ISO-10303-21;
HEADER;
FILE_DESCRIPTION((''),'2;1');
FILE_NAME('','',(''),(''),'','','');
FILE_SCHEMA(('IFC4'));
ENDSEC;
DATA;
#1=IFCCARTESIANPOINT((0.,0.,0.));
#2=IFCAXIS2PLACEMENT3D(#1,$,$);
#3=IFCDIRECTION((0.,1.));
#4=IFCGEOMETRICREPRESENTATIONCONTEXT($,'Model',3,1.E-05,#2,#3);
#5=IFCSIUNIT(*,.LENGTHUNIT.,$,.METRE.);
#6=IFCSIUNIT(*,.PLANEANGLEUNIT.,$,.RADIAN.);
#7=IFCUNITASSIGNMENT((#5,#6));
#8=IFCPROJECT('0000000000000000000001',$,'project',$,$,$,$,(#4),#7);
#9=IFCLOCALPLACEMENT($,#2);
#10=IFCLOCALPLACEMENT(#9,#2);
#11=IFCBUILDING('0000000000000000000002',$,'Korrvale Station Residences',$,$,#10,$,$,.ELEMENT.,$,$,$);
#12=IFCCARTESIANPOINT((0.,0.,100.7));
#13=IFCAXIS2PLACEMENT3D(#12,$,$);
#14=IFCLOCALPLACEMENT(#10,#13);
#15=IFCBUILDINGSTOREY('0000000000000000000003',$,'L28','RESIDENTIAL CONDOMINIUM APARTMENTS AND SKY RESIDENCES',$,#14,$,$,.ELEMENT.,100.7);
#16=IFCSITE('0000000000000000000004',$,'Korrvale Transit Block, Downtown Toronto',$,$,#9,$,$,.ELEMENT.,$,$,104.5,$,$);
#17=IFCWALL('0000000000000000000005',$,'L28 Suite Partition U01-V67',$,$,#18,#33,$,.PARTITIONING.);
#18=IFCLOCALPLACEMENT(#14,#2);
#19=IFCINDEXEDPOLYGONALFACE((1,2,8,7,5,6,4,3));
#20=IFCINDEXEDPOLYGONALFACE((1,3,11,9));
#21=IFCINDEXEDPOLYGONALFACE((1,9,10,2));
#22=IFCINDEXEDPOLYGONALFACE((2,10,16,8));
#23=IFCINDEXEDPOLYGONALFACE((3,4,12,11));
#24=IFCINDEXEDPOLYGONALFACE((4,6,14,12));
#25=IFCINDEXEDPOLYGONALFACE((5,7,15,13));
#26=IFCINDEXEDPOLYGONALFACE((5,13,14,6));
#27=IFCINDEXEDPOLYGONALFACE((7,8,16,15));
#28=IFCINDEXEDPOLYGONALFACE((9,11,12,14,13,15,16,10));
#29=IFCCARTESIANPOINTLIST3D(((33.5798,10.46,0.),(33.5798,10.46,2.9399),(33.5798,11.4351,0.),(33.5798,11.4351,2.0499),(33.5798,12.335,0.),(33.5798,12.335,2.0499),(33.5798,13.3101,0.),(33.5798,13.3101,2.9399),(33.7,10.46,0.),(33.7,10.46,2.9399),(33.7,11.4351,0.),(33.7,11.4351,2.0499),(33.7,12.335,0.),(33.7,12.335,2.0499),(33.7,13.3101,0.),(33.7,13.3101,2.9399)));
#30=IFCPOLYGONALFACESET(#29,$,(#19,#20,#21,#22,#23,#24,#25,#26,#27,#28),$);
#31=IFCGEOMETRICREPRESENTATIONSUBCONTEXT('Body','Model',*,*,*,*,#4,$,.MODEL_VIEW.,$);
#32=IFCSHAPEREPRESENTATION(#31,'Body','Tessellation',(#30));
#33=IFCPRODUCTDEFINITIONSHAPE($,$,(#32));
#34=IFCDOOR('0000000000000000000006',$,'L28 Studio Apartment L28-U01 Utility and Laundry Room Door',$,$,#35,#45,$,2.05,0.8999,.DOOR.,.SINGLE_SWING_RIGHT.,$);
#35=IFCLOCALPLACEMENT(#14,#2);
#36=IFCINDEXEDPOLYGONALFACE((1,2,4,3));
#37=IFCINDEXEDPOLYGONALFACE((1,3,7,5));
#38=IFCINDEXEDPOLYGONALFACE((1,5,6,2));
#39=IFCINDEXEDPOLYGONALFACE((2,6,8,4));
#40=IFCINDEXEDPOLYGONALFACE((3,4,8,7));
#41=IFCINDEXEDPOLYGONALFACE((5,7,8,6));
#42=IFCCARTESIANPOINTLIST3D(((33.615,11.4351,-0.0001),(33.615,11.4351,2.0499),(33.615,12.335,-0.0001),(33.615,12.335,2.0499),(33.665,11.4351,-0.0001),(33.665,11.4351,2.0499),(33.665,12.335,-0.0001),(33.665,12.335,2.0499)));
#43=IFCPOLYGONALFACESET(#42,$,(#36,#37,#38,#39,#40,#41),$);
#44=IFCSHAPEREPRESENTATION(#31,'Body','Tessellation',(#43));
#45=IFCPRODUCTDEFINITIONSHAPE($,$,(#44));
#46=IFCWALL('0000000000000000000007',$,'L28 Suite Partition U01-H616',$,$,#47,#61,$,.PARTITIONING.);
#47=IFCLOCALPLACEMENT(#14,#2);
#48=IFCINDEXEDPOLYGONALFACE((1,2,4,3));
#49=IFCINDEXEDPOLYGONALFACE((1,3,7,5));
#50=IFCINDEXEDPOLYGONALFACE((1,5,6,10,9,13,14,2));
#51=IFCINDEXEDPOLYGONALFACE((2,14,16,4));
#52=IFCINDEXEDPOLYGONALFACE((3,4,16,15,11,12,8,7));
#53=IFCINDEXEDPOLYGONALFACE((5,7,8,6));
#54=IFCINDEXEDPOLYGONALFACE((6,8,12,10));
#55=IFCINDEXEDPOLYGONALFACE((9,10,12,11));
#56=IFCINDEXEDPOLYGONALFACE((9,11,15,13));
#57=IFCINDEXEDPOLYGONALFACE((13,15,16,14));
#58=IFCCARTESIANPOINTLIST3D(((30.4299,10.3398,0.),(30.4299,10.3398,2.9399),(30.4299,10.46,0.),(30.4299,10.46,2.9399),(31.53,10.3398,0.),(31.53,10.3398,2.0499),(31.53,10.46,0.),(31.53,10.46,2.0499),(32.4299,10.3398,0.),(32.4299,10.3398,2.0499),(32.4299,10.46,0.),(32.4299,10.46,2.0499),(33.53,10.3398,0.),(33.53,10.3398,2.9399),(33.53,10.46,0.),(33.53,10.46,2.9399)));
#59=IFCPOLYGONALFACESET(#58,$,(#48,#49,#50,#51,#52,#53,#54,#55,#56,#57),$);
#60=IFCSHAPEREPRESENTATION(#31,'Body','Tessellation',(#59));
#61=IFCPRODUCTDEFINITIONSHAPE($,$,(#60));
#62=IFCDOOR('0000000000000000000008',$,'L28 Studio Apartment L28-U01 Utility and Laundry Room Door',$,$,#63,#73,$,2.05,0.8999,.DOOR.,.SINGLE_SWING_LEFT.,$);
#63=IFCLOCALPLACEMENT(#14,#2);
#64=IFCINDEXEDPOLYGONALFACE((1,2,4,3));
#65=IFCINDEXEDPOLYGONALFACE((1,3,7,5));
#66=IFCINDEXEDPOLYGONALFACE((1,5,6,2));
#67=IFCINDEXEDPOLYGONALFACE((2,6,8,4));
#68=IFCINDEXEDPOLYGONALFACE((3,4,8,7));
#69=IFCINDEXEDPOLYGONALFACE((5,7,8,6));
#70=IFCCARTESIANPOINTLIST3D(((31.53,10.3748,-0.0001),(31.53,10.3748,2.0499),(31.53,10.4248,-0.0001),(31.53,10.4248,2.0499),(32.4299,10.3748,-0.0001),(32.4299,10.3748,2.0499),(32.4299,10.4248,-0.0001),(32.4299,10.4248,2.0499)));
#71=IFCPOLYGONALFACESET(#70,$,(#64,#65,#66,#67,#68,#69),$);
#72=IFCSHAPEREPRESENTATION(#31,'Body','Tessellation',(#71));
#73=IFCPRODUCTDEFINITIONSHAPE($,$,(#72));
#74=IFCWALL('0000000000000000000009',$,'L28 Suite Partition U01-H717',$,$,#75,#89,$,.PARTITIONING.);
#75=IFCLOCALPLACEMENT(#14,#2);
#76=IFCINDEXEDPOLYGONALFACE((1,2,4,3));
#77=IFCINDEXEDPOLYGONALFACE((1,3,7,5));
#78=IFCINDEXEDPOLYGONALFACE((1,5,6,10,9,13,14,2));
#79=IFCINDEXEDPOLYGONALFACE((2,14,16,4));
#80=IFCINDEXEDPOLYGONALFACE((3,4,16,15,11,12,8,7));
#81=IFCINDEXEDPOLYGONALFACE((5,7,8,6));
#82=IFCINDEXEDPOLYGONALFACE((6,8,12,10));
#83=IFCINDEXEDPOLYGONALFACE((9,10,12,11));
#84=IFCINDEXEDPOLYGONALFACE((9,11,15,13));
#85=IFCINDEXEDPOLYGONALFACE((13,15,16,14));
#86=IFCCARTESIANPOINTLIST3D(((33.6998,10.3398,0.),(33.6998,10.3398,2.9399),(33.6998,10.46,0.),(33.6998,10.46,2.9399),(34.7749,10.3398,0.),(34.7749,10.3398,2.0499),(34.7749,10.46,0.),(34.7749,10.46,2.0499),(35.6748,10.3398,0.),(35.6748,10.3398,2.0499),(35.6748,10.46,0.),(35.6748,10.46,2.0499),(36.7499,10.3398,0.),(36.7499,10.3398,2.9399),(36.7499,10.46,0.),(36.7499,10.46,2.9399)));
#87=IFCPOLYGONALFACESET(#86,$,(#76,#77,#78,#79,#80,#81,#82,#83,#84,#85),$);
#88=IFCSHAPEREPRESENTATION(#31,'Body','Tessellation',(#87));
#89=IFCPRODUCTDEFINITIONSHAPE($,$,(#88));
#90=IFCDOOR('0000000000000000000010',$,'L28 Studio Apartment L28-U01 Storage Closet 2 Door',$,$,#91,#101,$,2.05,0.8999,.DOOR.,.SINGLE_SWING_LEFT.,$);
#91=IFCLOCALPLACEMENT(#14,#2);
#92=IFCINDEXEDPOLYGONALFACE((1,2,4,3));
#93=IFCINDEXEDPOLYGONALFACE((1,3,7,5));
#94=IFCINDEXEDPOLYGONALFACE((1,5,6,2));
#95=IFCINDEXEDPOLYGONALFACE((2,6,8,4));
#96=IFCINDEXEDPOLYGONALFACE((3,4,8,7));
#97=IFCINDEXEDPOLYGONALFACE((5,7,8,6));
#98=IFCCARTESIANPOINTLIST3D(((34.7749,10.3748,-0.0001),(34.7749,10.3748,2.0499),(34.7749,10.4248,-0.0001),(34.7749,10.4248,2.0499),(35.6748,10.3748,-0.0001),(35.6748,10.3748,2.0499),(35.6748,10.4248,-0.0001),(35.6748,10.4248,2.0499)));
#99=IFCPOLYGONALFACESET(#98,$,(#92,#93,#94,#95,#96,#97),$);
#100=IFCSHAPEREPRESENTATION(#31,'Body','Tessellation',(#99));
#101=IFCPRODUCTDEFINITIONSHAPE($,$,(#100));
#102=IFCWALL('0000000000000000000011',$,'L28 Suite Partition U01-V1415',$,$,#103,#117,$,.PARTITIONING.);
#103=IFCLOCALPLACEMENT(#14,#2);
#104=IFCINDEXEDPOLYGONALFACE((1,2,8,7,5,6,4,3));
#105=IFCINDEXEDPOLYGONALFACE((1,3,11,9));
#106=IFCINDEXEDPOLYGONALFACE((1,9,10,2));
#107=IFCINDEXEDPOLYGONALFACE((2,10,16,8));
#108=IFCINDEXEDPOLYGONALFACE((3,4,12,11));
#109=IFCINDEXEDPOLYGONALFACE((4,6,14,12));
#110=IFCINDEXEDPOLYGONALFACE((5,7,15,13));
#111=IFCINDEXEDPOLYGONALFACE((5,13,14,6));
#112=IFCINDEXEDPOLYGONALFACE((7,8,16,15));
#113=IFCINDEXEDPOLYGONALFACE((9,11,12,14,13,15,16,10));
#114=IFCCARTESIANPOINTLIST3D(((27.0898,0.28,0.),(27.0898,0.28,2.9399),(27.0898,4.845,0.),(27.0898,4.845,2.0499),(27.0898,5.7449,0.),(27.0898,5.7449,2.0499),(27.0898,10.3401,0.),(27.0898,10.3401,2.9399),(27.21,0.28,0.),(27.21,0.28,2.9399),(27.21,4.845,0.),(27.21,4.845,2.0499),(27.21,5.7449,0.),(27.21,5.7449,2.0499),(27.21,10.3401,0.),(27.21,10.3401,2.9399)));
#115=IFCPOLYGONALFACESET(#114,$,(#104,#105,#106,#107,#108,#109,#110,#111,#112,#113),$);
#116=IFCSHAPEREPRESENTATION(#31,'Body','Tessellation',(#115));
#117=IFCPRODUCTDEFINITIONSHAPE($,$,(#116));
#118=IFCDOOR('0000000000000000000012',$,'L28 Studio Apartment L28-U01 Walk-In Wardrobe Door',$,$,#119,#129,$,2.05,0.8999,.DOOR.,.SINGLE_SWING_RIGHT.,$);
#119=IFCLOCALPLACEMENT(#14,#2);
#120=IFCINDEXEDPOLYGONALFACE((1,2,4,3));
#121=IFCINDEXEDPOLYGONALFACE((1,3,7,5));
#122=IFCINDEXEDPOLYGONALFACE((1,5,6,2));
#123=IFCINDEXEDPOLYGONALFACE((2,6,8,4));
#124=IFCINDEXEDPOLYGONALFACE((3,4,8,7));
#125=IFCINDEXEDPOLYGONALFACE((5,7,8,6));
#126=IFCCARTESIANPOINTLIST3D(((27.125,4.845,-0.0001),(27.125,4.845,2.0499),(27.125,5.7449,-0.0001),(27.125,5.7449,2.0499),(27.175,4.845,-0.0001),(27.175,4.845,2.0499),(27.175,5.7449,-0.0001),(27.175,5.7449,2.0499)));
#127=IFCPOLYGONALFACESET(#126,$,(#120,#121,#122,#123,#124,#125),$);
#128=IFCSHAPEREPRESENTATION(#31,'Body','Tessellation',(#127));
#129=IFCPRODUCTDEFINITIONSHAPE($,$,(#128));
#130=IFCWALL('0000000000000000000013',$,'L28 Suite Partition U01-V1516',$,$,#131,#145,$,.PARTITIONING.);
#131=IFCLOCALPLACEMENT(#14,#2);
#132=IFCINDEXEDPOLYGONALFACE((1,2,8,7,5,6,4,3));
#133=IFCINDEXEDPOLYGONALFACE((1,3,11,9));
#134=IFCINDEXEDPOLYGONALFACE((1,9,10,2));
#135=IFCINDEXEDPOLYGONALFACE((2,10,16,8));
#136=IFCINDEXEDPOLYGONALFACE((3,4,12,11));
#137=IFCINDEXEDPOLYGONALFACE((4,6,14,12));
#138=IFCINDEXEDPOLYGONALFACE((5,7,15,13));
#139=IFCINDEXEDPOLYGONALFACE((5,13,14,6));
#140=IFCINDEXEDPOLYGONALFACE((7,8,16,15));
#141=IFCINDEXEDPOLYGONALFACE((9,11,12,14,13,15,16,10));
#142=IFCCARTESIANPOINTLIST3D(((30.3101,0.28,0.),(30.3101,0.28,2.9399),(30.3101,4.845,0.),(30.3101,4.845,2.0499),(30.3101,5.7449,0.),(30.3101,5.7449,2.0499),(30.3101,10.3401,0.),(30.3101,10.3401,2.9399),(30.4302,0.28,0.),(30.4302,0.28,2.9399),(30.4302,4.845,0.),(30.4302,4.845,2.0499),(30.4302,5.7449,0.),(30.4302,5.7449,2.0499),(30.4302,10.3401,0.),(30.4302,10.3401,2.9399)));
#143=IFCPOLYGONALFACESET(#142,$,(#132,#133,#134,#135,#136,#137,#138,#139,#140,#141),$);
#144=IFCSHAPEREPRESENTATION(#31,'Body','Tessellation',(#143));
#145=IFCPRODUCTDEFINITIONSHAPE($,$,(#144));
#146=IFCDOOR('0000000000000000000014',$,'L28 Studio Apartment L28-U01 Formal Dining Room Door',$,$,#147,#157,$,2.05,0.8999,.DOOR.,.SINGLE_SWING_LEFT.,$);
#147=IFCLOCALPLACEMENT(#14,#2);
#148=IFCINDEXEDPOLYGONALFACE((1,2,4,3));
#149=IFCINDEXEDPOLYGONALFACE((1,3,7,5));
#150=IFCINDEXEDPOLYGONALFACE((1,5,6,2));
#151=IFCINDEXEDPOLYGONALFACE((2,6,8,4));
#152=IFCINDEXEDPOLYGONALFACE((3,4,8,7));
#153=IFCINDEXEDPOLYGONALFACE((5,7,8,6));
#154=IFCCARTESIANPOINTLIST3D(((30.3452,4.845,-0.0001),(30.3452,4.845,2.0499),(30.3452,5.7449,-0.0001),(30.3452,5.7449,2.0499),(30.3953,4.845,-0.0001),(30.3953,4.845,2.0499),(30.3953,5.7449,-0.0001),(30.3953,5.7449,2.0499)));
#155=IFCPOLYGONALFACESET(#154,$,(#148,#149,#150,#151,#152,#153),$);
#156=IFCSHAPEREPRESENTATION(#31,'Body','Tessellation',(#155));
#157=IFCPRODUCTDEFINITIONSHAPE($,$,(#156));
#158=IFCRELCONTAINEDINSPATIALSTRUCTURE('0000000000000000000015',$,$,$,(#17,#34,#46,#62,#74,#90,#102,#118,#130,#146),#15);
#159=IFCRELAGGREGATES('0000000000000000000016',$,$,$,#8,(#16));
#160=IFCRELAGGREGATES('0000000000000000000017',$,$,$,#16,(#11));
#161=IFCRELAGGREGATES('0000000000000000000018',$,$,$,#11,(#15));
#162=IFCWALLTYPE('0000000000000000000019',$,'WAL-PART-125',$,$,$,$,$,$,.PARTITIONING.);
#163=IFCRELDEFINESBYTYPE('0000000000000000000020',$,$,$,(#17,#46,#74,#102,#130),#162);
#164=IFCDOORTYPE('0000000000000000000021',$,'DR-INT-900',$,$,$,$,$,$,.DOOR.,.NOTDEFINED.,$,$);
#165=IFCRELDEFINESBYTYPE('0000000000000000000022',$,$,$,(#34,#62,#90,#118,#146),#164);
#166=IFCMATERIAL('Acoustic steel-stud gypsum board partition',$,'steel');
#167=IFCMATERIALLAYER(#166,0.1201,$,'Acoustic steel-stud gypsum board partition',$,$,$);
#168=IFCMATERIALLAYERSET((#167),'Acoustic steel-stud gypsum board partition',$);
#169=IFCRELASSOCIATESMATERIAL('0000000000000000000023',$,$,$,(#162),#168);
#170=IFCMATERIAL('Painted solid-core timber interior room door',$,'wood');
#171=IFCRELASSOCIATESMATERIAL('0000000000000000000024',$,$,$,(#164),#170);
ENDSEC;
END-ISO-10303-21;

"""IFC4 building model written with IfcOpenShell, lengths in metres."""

from ifc_helpers import new_model, si_unit, direction, frame, frame_2d, origin, place, context, subcontext, project, spatial, rectangle, extrude, material, layer, layer_set, type_object, element, fill, save


model = new_model("IFC4")

# Units and contexts
model_context = context("Model", 3, precision=1e-05, world=origin(), true_north=direction((0.0, 1.0)))
body_context = subcontext(model_context, "Body", "Model", "MODEL_VIEW")
ifc_project = project(units=[si_unit("LENGTHUNIT", "METRE"), si_unit("PLANEANGLEUNIT", "RADIAN")], contexts=[model_context])

# Site, building, storey
site_placement = place(None, origin())
site = spatial("IfcSite", under=ifc_project, at=site_placement, Name="Korrvale Transit Block, Downtown Toronto", CompositionType="ELEMENT", RefElevation=104.5)
building_placement = place(site_placement, origin())
building = spatial("IfcBuilding", under=site, at=building_placement, Name="Korrvale Station Residences", CompositionType="ELEMENT")
storey_placement = place(building_placement, frame((0.0, 0.0, 100.7)))
storey = spatial("IfcBuildingStorey", under=building, at=storey_placement, Name="L28", Description="RESIDENTIAL CONDOMINIUM APARTMENTS AND SKY RESIDENCES", CompositionType="ELEMENT", Elevation=100.7)

# Walls, openings, doors
ifc_material_1 = material(Name="Acoustic steel-stud gypsum board partition", Category="steel")
ifc_layer_1 = layer(ifc_material_1, 0.1201, Name="Acoustic steel-stud gypsum board partition")
ifc_layer_set_1 = layer_set([ifc_layer_1], Name="Acoustic steel-stud gypsum board partition")
wall_type = type_object("IfcWallType", Name="WAL-PART-125", PredefinedType="PARTITIONING", material=ifc_layer_set_1)
ifc_material_2 = material(Name="Painted solid-core timber interior room door", Category="wood")
door_type = type_object("IfcDoorType", Name="DR-INT-900", OperationType="NOTDEFINED", PredefinedType="DOOR", material=ifc_material_2)
wall_1_placement = place(storey_placement, frame((33.6399, 10.46, 0.0), z_axis=(0.0, 0.0, 1.0), x_axis=(0.0, 1.0, 0.0)))
wall_1 = element("IfcWall", 1, at=wall_1_placement, inside=storey, type_object=wall_type, Name="L28 Suite Partition U01-V67", PredefinedType="PARTITIONING", context=body_context, shape_type="SweptSolid", body=[
    extrude(rectangle(XDim=2.8501, YDim=0.1201, at=frame_2d((1.425, 0.0))), origin(), (0.0, 0.0, 1.0), 2.9399),
])
opening_1_placement = place(wall_1_placement, frame((0.9751, 0.0, 0.0)))
opening_1 = element("IfcOpeningElement", 2, at=opening_1_placement, cuts=wall_1, PredefinedType="OPENING", context=body_context, shape_type="SweptSolid", body=[
    extrude(rectangle(XDim=0.8999, YDim=2.05, at=frame_2d((0.45, 1.0249))), frame((0.0, 0.0701, 0.0), z_axis=(0.0, -1.0, 0.0), x_axis=(1.0, 0.0, 0.0)), (0.0, 0.0, 1.0), 0.1401),
])
door_1_placement = place(opening_1_placement, origin())
door_1 = element("IfcDoor", 3, at=door_1_placement, inside=storey, type_object=door_type, Name="L28 Studio Apartment L28-U01 Utility and Laundry Room Door", OperationType="SINGLE_SWING_RIGHT", OverallHeight=2.05, OverallWidth=0.8999, PredefinedType="DOOR", context=body_context, shape_type="SweptSolid", body=[
    extrude(rectangle(XDim=0.8999, YDim=2.05, at=frame_2d((0.45, 1.0249))), frame((0.0, 0.0249, 0.0), z_axis=(0.0, -1.0, 0.0), x_axis=(1.0, 0.0, 0.0)), (0.0, 0.0, 1.0), 0.05),
])
fill(opening_1, door_1)
wall_2_placement = place(storey_placement, frame((30.4299, 10.3999, 0.0), z_axis=(0.0, 0.0, 1.0), x_axis=(1.0, 0.0, 0.0)))
wall_2 = element("IfcWall", 4, at=wall_2_placement, inside=storey, type_object=wall_type, Name="L28 Suite Partition U01-H616", PredefinedType="PARTITIONING", context=body_context, shape_type="SweptSolid", body=[
    extrude(rectangle(XDim=3.1001, YDim=0.1201, at=frame_2d((1.55, 0.0))), origin(), (0.0, 0.0, 1.0), 2.9399),
])
opening_2_placement = place(wall_2_placement, frame((1.1001, 0.0, 0.0)))
opening_2 = element("IfcOpeningElement", 5, at=opening_2_placement, cuts=wall_2, PredefinedType="OPENING", context=body_context, shape_type="SweptSolid", body=[
    extrude(rectangle(XDim=0.8999, YDim=2.05, at=frame_2d((0.45, 1.0249))), frame((0.0, 0.0701, 0.0), z_axis=(0.0, -1.0, 0.0), x_axis=(1.0, 0.0, 0.0)), (0.0, 0.0, 1.0), 0.1401),
])
door_2_placement = place(opening_2_placement, origin())
door_2 = element("IfcDoor", 6, at=door_2_placement, inside=storey, type_object=door_type, Name="L28 Studio Apartment L28-U01 Utility and Laundry Room Door", OperationType="SINGLE_SWING_LEFT", OverallHeight=2.05, OverallWidth=0.8999, PredefinedType="DOOR", context=body_context, shape_type="SweptSolid", body=[
    extrude(rectangle(XDim=0.8999, YDim=2.05, at=frame_2d((0.45, 1.0249))), frame((0.0, 0.0249, 0.0), z_axis=(0.0, -1.0, 0.0), x_axis=(1.0, 0.0, 0.0)), (0.0, 0.0, 1.0), 0.05),
])
fill(opening_2, door_2)
wall_3_placement = place(storey_placement, frame((33.7, 10.3999, 0.0), z_axis=(0.0, 0.0, 1.0), x_axis=(1.0, 0.0, 0.0)))
wall_3 = element("IfcWall", 7, at=wall_3_placement, inside=storey, type_object=wall_type, Name="L28 Suite Partition U01-H717", PredefinedType="PARTITIONING", context=body_context, shape_type="SweptSolid", body=[
    extrude(rectangle(XDim=3.05, YDim=0.1201, at=frame_2d((1.5249, 0.0))), origin(), (0.0, 0.0, 1.0), 2.9399),
])
opening_3_placement = place(wall_3_placement, frame((1.075, 0.0, 0.0)))
opening_3 = element("IfcOpeningElement", 8, at=opening_3_placement, cuts=wall_3, PredefinedType="OPENING", context=body_context, shape_type="SweptSolid", body=[
    extrude(rectangle(XDim=0.8999, YDim=2.05, at=frame_2d((0.45, 1.0249))), frame((0.0, 0.0701, 0.0), z_axis=(0.0, -1.0, 0.0), x_axis=(1.0, 0.0, 0.0)), (0.0, 0.0, 1.0), 0.1401),
])
door_3_placement = place(opening_3_placement, origin())
door_3 = element("IfcDoor", 9, at=door_3_placement, inside=storey, type_object=door_type, Name="L28 Studio Apartment L28-U01 Storage Closet 2 Door", OperationType="SINGLE_SWING_LEFT", OverallHeight=2.05, OverallWidth=0.8999, PredefinedType="DOOR", context=body_context, shape_type="SweptSolid", body=[
    extrude(rectangle(XDim=0.8999, YDim=2.05, at=frame_2d((0.45, 1.0249))), frame((0.0, 0.0249, 0.0), z_axis=(0.0, -1.0, 0.0), x_axis=(1.0, 0.0, 0.0)), (0.0, 0.0, 1.0), 0.05),
])
fill(opening_3, door_3)
wall_4_placement = place(storey_placement, frame((27.1499, 0.28, 0.0), z_axis=(0.0, 0.0, 1.0), x_axis=(0.0, 1.0, 0.0)))
wall_4 = element("IfcWall", 10, at=wall_4_placement, inside=storey, type_object=wall_type, Name="L28 Suite Partition U01-V1415", PredefinedType="PARTITIONING", context=body_context, shape_type="SweptSolid", body=[
    extrude(rectangle(XDim=10.0601, YDim=0.1201, at=frame_2d((5.03, 0.0))), origin(), (0.0, 0.0, 1.0), 2.9399),
])
opening_4_placement = place(wall_4_placement, frame((4.5649, 0.0, 0.0)))
opening_4 = element("IfcOpeningElement", 11, at=opening_4_placement, cuts=wall_4, PredefinedType="OPENING", context=body_context, shape_type="SweptSolid", body=[
    extrude(rectangle(XDim=0.8999, YDim=2.05, at=frame_2d((0.45, 1.0249))), frame((0.0, 0.0701, 0.0), z_axis=(0.0, -1.0, 0.0), x_axis=(1.0, 0.0, 0.0)), (0.0, 0.0, 1.0), 0.1401),
])
door_4_placement = place(opening_4_placement, origin())
door_4 = element("IfcDoor", 12, at=door_4_placement, inside=storey, type_object=door_type, Name="L28 Studio Apartment L28-U01 Walk-In Wardrobe Door", OperationType="SINGLE_SWING_RIGHT", OverallHeight=2.05, OverallWidth=0.8999, PredefinedType="DOOR", context=body_context, shape_type="SweptSolid", body=[
    extrude(rectangle(XDim=0.8999, YDim=2.05, at=frame_2d((0.45, 1.0249))), frame((0.0, 0.0249, 0.0), z_axis=(0.0, -1.0, 0.0), x_axis=(1.0, 0.0, 0.0)), (0.0, 0.0, 1.0), 0.05),
])
fill(opening_4, door_4)
wall_5_placement = place(storey_placement, frame((30.3701, 0.28, 0.0), z_axis=(0.0, 0.0, 1.0), x_axis=(0.0, 1.0, 0.0)))
wall_5 = element("IfcWall", 13, at=wall_5_placement, inside=storey, type_object=wall_type, Name="L28 Suite Partition U01-V1516", PredefinedType="PARTITIONING", context=body_context, shape_type="SweptSolid", body=[
    extrude(rectangle(XDim=10.0601, YDim=0.1201, at=frame_2d((5.03, 0.0))), origin(), (0.0, 0.0, 1.0), 2.9399),
])
opening_5_placement = place(wall_5_placement, frame((4.5649, 0.0, 0.0)))
opening_5 = element("IfcOpeningElement", 14, at=opening_5_placement, cuts=wall_5, PredefinedType="OPENING", context=body_context, shape_type="SweptSolid", body=[
    extrude(rectangle(XDim=0.8999, YDim=2.05, at=frame_2d((0.45, 1.0249))), frame((0.0, 0.0701, 0.0), z_axis=(0.0, -1.0, 0.0), x_axis=(1.0, 0.0, 0.0)), (0.0, 0.0, 1.0), 0.1401),
])
door_5_placement = place(opening_5_placement, origin())
door_5 = element("IfcDoor", 15, at=door_5_placement, inside=storey, type_object=door_type, Name="L28 Studio Apartment L28-U01 Formal Dining Room Door", OperationType="SINGLE_SWING_LEFT", OverallHeight=2.05, OverallWidth=0.8999, PredefinedType="DOOR", context=body_context, shape_type="SweptSolid", body=[
    extrude(rectangle(XDim=0.8999, YDim=2.05, at=frame_2d((0.45, 1.0249))), frame((0.0, 0.0249, 0.0), z_axis=(0.0, -1.0, 0.0), x_axis=(1.0, 0.0, 0.0)), (0.0, 0.0, 1.0), 0.05),
])
fill(opening_5, door_5)

save(model, "model.ifc")
